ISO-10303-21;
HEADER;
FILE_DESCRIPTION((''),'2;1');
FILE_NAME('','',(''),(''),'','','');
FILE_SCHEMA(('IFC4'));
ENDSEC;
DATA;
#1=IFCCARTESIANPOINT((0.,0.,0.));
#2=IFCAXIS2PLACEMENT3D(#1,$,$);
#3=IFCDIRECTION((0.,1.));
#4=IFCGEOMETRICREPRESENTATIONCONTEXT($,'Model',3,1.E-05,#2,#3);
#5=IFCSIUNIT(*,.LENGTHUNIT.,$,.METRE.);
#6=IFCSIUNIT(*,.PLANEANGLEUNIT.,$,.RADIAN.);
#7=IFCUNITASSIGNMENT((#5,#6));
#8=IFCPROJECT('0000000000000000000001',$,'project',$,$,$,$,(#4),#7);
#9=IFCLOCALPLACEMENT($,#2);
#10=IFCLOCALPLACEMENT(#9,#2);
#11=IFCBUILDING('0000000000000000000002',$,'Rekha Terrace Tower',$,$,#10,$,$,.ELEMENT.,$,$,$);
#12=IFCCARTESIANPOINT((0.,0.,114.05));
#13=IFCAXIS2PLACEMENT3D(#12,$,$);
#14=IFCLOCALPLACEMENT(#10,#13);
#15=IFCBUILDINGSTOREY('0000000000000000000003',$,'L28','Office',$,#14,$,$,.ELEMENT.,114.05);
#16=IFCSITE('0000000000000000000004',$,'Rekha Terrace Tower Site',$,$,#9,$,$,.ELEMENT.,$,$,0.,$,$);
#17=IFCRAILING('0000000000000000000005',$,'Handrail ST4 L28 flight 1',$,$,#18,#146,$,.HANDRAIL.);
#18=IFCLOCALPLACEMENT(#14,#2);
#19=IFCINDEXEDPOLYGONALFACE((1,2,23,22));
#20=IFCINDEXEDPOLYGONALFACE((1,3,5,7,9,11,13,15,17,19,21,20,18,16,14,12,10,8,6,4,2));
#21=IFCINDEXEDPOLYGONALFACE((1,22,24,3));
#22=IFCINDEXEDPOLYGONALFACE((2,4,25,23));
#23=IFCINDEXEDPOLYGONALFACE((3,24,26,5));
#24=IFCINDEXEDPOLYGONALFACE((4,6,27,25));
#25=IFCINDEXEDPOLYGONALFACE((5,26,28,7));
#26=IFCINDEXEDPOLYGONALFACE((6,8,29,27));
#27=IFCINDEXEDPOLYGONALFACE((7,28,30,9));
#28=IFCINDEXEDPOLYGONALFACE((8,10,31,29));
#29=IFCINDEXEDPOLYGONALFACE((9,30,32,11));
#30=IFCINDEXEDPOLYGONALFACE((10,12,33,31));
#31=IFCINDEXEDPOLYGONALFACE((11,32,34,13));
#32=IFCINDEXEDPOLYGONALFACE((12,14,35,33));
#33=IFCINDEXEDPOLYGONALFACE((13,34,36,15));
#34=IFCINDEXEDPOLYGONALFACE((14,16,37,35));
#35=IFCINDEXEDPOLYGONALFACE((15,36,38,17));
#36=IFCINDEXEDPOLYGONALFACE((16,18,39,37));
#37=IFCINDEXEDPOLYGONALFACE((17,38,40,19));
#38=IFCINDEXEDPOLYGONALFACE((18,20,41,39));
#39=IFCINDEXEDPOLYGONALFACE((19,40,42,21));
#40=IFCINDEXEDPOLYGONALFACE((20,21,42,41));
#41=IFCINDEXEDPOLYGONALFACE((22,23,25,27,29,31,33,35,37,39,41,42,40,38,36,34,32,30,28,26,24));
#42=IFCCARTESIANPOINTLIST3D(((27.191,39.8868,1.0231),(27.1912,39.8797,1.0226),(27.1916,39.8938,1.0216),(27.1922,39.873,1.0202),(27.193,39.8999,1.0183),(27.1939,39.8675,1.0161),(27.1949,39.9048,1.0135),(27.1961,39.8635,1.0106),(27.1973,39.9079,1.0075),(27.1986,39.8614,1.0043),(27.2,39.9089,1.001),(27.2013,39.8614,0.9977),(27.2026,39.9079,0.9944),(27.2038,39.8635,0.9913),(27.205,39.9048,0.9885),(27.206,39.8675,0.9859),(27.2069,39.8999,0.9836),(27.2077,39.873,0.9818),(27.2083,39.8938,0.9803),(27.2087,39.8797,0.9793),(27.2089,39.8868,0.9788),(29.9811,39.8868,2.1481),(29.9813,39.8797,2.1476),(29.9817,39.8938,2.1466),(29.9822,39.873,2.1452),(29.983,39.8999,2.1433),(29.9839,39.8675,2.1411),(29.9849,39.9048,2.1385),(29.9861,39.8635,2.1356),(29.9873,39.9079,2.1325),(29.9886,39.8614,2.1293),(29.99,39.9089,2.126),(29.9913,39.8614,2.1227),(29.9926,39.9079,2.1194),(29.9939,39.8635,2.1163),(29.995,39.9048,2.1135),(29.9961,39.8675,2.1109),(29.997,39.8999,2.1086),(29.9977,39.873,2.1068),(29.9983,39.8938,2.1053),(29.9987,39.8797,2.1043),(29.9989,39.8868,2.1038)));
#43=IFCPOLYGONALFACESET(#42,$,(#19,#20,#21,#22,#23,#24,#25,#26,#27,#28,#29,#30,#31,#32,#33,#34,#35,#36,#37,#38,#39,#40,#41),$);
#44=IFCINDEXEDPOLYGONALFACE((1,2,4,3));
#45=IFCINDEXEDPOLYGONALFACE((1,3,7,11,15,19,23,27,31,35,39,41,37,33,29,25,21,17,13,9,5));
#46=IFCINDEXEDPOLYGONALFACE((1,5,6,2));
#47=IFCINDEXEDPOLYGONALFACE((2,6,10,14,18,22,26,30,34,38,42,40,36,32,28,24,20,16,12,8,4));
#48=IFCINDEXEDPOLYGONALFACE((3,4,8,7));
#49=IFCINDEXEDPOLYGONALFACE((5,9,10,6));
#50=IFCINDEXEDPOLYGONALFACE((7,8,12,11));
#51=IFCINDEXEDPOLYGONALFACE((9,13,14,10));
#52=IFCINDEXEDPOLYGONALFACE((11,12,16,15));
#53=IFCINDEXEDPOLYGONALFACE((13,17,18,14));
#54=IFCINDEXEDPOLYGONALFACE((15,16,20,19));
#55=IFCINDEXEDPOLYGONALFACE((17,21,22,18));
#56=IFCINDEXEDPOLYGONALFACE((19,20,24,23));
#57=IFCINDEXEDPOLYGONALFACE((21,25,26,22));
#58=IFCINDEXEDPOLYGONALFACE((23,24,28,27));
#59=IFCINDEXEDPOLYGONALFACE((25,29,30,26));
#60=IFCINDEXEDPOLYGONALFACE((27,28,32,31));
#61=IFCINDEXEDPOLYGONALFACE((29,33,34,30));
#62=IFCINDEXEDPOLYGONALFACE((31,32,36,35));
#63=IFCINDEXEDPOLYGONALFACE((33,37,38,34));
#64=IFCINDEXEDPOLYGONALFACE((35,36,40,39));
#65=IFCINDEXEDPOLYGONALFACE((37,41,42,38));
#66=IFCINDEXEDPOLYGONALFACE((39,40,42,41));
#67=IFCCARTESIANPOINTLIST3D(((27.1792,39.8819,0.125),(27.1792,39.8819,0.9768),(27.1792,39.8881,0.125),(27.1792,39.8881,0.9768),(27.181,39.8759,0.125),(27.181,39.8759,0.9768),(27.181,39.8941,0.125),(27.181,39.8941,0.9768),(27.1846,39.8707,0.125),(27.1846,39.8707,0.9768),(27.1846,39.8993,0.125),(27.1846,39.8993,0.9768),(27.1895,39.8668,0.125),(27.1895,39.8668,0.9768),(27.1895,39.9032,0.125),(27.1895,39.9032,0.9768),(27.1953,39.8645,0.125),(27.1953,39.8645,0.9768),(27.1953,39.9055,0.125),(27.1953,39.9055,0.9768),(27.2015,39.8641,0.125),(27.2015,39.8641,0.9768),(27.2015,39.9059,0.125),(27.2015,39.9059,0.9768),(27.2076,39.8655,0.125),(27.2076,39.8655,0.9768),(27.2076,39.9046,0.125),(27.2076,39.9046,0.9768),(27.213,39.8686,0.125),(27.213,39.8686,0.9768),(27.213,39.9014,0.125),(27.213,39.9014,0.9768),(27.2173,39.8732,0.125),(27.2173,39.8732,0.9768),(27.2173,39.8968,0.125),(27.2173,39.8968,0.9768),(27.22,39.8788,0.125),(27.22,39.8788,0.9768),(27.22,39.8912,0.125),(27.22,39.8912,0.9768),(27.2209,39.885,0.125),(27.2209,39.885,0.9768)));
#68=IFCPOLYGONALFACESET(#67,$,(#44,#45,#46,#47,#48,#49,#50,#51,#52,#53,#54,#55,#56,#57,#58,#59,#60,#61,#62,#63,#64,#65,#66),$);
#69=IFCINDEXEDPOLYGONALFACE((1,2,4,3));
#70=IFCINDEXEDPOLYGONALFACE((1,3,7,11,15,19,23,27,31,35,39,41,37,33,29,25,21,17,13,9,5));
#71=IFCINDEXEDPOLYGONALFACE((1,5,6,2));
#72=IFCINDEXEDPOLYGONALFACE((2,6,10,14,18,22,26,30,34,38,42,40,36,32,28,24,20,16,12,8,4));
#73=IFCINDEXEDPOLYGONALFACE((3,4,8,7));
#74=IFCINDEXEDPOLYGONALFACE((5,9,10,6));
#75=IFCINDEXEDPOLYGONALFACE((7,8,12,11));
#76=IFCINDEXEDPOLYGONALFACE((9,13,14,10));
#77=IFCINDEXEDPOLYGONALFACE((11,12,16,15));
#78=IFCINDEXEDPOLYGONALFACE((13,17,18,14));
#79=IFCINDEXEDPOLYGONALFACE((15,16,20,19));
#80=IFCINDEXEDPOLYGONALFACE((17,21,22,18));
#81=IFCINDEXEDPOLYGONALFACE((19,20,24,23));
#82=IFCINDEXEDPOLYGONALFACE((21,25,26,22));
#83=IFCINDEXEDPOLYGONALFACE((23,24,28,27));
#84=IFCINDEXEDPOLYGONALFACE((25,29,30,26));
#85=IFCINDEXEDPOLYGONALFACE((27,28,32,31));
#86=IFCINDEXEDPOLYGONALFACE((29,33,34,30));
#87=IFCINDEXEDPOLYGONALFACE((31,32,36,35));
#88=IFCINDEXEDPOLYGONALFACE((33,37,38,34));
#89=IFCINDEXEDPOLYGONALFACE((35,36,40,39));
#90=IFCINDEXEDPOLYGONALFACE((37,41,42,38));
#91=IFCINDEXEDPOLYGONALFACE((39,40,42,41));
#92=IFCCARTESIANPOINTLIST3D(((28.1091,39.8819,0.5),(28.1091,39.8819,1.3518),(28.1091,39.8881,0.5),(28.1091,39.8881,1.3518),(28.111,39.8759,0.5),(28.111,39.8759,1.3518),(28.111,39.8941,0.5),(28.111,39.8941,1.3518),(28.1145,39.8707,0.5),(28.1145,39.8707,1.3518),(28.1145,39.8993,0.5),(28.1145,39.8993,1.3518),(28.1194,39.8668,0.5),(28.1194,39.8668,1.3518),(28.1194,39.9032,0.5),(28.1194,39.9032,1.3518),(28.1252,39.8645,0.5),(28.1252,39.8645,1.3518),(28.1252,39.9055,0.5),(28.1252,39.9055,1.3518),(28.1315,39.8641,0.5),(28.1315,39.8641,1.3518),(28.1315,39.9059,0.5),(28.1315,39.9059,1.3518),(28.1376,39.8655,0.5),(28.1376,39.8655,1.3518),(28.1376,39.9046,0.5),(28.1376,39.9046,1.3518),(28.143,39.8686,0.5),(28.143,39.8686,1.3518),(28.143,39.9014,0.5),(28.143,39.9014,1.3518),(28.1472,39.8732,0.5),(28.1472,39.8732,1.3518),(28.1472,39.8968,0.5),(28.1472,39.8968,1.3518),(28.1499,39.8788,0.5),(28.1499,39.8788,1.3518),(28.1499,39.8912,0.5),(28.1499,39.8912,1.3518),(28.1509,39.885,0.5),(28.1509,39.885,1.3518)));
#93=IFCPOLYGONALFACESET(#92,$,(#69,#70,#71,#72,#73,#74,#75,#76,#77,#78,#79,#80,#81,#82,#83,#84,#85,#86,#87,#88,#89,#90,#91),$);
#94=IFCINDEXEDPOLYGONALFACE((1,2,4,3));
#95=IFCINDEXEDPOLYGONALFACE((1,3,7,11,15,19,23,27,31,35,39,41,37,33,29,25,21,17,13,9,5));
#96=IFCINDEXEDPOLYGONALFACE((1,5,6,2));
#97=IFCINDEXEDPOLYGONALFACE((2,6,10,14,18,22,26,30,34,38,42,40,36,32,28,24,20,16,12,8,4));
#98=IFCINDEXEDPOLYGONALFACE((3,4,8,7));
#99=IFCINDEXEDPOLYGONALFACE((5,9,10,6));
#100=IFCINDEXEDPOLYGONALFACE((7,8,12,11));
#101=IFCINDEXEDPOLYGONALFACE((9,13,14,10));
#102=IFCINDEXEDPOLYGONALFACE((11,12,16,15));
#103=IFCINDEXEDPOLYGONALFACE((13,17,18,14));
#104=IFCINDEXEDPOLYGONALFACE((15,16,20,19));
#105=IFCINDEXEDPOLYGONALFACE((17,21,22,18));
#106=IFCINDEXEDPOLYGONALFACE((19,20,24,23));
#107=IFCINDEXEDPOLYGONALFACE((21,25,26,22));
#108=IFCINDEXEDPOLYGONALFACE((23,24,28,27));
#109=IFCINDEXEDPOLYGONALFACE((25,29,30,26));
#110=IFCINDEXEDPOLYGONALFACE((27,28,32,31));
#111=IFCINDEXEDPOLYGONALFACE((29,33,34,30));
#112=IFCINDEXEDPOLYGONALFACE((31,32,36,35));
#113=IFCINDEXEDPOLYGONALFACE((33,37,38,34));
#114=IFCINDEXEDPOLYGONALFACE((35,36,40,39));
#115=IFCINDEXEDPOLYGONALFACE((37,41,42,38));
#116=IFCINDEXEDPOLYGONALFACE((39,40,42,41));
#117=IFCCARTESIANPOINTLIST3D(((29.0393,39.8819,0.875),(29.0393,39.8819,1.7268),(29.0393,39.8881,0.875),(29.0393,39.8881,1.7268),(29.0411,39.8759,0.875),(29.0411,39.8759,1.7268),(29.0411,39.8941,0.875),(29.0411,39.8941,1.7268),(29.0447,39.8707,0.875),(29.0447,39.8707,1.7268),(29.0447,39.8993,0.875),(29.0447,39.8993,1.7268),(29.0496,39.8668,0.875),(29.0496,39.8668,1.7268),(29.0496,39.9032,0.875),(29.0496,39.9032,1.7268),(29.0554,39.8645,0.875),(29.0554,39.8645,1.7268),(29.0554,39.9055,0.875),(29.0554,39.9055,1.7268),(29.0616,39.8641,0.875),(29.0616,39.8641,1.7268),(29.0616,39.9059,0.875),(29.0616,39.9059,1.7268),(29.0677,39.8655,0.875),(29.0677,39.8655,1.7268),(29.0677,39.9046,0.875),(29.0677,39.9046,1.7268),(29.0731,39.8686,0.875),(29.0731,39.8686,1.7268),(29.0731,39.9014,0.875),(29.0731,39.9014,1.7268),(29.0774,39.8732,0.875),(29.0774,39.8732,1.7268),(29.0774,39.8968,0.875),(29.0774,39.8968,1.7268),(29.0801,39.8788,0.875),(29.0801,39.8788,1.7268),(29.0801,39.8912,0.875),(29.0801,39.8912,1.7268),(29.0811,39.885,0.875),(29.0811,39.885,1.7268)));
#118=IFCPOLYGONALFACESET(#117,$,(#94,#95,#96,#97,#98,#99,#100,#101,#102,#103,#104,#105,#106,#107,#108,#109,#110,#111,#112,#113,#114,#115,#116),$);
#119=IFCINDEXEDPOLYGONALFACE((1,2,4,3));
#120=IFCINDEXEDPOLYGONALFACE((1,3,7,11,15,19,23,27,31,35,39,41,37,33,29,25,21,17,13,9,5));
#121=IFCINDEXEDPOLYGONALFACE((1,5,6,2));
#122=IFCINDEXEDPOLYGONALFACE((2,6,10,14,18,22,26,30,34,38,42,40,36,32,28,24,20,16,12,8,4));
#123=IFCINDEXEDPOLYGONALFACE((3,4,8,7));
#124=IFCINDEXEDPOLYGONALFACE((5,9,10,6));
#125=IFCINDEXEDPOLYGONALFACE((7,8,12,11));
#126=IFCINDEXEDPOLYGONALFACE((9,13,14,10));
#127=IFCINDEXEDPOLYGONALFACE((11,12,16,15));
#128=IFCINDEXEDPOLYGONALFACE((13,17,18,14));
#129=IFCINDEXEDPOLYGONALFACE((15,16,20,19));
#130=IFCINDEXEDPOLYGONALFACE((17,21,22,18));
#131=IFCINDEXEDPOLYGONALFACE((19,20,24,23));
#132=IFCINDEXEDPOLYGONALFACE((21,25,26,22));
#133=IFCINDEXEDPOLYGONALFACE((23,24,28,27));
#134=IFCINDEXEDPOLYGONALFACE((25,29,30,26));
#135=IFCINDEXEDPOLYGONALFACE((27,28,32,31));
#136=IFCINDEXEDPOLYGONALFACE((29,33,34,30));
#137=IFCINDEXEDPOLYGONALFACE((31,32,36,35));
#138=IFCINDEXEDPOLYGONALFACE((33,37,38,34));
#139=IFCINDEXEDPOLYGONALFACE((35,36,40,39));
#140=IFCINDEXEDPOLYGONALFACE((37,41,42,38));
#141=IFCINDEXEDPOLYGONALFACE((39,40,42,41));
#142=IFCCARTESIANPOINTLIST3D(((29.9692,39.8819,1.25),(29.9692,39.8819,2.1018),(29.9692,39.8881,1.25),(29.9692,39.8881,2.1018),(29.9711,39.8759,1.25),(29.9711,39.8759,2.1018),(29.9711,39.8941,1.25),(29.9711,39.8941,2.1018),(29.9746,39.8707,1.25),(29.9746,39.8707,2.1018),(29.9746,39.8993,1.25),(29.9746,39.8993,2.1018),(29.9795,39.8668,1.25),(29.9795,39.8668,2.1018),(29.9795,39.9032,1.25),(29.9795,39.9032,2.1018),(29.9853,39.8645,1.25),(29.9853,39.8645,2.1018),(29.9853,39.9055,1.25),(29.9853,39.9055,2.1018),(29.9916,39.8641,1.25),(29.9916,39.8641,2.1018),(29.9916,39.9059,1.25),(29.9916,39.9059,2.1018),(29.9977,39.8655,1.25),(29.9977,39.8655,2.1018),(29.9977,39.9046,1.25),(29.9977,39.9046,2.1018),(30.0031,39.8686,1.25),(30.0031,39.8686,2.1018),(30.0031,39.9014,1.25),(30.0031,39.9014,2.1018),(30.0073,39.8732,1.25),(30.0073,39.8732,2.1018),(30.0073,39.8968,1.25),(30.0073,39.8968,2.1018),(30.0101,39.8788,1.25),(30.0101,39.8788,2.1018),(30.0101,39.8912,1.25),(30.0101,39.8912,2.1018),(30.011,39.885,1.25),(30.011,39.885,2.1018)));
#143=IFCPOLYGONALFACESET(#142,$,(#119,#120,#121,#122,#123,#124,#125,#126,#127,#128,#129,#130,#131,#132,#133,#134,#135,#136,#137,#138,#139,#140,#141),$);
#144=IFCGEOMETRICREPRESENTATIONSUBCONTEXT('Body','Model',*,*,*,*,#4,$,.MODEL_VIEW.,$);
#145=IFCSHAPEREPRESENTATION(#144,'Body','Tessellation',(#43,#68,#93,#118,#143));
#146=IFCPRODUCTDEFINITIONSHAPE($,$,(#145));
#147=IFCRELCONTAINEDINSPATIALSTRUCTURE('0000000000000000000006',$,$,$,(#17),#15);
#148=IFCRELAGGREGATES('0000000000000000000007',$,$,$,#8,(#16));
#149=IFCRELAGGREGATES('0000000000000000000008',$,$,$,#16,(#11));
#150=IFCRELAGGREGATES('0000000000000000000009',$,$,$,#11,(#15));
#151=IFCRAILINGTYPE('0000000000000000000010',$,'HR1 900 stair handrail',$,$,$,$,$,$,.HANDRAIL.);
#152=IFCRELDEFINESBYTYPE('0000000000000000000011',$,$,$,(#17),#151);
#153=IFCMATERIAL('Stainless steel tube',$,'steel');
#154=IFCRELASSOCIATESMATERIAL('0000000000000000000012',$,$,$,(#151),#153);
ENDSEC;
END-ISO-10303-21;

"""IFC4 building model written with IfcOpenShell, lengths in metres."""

from ifc_helpers import new_model, si_unit, direction, frame, origin, origin_2d, place, context, subcontext, project, spatial, circle, extrude, material, type_object, element, save


model = new_model("IFC4")

# Units and contexts
model_context = context("Model", 3, precision=1e-05, world=origin(), true_north=direction((0.0, 1.0)))
body_context = subcontext(model_context, "Body", "Model", "MODEL_VIEW")
ifc_project = project(units=[si_unit("LENGTHUNIT", "METRE"), si_unit("PLANEANGLEUNIT", "RADIAN")], contexts=[model_context])

# Site, building, storey
site_placement = place(None, origin())
site = spatial("IfcSite", under=ifc_project, at=site_placement, Name="Rekha Terrace Tower Site", CompositionType="ELEMENT", RefElevation=0.0)
building_placement = place(site_placement, origin())
building = spatial("IfcBuilding", under=site, at=building_placement, Name="Rekha Terrace Tower", CompositionType="ELEMENT")
storey_placement = place(building_placement, frame((0.0, 0.0, 114.05)))
storey = spatial("IfcBuildingStorey", under=building, at=storey_placement, Name="L28", Description="Office", CompositionType="ELEMENT", Elevation=114.05)

# Railing
ifc_material_1 = material(Name="Stainless steel tube", Category="steel")
railing_type_1 = type_object("IfcRailingType", Name="HR1 900 stair handrail", PredefinedType="HANDRAIL", material=ifc_material_1)
railing_1_placement = place(storey_placement, frame((27.2, 39.885, 0.125)))
element("IfcRailing", 1, at=railing_1_placement, inside=storey, type_object=railing_type_1, Name="Handrail ST4 L28 flight 1", PredefinedType="HANDRAIL", context=body_context, shape_type="SweptSolid", body=[
    extrude(circle(Radius=0.0239, at=origin_2d()), frame((0.0, 0.0, 0.876), z_axis=(0.927443, 0.0, 0.373964), x_axis=(0.0, 1.0, 0.0)), (0.0, 0.0, 1.0), 3.0083),
    extrude(circle(Radius=0.021, at=origin_2d()), origin(), (0.0, 0.0, 1.0), 0.8518),
    extrude(circle(Radius=0.021, at=origin_2d()), frame((0.9299, 0.0, 0.375)), (0.0, 0.0, 1.0), 0.8518),
    extrude(circle(Radius=0.021, at=origin_2d()), frame((1.8601, 0.0, 0.75)), (0.0, 0.0, 1.0), 0.8518),
    extrude(circle(Radius=0.021, at=origin_2d()), frame((2.79, 0.0, 1.125)), (0.0, 0.0, 1.0), 0.8518),
])

save(model, "model.ifc")
